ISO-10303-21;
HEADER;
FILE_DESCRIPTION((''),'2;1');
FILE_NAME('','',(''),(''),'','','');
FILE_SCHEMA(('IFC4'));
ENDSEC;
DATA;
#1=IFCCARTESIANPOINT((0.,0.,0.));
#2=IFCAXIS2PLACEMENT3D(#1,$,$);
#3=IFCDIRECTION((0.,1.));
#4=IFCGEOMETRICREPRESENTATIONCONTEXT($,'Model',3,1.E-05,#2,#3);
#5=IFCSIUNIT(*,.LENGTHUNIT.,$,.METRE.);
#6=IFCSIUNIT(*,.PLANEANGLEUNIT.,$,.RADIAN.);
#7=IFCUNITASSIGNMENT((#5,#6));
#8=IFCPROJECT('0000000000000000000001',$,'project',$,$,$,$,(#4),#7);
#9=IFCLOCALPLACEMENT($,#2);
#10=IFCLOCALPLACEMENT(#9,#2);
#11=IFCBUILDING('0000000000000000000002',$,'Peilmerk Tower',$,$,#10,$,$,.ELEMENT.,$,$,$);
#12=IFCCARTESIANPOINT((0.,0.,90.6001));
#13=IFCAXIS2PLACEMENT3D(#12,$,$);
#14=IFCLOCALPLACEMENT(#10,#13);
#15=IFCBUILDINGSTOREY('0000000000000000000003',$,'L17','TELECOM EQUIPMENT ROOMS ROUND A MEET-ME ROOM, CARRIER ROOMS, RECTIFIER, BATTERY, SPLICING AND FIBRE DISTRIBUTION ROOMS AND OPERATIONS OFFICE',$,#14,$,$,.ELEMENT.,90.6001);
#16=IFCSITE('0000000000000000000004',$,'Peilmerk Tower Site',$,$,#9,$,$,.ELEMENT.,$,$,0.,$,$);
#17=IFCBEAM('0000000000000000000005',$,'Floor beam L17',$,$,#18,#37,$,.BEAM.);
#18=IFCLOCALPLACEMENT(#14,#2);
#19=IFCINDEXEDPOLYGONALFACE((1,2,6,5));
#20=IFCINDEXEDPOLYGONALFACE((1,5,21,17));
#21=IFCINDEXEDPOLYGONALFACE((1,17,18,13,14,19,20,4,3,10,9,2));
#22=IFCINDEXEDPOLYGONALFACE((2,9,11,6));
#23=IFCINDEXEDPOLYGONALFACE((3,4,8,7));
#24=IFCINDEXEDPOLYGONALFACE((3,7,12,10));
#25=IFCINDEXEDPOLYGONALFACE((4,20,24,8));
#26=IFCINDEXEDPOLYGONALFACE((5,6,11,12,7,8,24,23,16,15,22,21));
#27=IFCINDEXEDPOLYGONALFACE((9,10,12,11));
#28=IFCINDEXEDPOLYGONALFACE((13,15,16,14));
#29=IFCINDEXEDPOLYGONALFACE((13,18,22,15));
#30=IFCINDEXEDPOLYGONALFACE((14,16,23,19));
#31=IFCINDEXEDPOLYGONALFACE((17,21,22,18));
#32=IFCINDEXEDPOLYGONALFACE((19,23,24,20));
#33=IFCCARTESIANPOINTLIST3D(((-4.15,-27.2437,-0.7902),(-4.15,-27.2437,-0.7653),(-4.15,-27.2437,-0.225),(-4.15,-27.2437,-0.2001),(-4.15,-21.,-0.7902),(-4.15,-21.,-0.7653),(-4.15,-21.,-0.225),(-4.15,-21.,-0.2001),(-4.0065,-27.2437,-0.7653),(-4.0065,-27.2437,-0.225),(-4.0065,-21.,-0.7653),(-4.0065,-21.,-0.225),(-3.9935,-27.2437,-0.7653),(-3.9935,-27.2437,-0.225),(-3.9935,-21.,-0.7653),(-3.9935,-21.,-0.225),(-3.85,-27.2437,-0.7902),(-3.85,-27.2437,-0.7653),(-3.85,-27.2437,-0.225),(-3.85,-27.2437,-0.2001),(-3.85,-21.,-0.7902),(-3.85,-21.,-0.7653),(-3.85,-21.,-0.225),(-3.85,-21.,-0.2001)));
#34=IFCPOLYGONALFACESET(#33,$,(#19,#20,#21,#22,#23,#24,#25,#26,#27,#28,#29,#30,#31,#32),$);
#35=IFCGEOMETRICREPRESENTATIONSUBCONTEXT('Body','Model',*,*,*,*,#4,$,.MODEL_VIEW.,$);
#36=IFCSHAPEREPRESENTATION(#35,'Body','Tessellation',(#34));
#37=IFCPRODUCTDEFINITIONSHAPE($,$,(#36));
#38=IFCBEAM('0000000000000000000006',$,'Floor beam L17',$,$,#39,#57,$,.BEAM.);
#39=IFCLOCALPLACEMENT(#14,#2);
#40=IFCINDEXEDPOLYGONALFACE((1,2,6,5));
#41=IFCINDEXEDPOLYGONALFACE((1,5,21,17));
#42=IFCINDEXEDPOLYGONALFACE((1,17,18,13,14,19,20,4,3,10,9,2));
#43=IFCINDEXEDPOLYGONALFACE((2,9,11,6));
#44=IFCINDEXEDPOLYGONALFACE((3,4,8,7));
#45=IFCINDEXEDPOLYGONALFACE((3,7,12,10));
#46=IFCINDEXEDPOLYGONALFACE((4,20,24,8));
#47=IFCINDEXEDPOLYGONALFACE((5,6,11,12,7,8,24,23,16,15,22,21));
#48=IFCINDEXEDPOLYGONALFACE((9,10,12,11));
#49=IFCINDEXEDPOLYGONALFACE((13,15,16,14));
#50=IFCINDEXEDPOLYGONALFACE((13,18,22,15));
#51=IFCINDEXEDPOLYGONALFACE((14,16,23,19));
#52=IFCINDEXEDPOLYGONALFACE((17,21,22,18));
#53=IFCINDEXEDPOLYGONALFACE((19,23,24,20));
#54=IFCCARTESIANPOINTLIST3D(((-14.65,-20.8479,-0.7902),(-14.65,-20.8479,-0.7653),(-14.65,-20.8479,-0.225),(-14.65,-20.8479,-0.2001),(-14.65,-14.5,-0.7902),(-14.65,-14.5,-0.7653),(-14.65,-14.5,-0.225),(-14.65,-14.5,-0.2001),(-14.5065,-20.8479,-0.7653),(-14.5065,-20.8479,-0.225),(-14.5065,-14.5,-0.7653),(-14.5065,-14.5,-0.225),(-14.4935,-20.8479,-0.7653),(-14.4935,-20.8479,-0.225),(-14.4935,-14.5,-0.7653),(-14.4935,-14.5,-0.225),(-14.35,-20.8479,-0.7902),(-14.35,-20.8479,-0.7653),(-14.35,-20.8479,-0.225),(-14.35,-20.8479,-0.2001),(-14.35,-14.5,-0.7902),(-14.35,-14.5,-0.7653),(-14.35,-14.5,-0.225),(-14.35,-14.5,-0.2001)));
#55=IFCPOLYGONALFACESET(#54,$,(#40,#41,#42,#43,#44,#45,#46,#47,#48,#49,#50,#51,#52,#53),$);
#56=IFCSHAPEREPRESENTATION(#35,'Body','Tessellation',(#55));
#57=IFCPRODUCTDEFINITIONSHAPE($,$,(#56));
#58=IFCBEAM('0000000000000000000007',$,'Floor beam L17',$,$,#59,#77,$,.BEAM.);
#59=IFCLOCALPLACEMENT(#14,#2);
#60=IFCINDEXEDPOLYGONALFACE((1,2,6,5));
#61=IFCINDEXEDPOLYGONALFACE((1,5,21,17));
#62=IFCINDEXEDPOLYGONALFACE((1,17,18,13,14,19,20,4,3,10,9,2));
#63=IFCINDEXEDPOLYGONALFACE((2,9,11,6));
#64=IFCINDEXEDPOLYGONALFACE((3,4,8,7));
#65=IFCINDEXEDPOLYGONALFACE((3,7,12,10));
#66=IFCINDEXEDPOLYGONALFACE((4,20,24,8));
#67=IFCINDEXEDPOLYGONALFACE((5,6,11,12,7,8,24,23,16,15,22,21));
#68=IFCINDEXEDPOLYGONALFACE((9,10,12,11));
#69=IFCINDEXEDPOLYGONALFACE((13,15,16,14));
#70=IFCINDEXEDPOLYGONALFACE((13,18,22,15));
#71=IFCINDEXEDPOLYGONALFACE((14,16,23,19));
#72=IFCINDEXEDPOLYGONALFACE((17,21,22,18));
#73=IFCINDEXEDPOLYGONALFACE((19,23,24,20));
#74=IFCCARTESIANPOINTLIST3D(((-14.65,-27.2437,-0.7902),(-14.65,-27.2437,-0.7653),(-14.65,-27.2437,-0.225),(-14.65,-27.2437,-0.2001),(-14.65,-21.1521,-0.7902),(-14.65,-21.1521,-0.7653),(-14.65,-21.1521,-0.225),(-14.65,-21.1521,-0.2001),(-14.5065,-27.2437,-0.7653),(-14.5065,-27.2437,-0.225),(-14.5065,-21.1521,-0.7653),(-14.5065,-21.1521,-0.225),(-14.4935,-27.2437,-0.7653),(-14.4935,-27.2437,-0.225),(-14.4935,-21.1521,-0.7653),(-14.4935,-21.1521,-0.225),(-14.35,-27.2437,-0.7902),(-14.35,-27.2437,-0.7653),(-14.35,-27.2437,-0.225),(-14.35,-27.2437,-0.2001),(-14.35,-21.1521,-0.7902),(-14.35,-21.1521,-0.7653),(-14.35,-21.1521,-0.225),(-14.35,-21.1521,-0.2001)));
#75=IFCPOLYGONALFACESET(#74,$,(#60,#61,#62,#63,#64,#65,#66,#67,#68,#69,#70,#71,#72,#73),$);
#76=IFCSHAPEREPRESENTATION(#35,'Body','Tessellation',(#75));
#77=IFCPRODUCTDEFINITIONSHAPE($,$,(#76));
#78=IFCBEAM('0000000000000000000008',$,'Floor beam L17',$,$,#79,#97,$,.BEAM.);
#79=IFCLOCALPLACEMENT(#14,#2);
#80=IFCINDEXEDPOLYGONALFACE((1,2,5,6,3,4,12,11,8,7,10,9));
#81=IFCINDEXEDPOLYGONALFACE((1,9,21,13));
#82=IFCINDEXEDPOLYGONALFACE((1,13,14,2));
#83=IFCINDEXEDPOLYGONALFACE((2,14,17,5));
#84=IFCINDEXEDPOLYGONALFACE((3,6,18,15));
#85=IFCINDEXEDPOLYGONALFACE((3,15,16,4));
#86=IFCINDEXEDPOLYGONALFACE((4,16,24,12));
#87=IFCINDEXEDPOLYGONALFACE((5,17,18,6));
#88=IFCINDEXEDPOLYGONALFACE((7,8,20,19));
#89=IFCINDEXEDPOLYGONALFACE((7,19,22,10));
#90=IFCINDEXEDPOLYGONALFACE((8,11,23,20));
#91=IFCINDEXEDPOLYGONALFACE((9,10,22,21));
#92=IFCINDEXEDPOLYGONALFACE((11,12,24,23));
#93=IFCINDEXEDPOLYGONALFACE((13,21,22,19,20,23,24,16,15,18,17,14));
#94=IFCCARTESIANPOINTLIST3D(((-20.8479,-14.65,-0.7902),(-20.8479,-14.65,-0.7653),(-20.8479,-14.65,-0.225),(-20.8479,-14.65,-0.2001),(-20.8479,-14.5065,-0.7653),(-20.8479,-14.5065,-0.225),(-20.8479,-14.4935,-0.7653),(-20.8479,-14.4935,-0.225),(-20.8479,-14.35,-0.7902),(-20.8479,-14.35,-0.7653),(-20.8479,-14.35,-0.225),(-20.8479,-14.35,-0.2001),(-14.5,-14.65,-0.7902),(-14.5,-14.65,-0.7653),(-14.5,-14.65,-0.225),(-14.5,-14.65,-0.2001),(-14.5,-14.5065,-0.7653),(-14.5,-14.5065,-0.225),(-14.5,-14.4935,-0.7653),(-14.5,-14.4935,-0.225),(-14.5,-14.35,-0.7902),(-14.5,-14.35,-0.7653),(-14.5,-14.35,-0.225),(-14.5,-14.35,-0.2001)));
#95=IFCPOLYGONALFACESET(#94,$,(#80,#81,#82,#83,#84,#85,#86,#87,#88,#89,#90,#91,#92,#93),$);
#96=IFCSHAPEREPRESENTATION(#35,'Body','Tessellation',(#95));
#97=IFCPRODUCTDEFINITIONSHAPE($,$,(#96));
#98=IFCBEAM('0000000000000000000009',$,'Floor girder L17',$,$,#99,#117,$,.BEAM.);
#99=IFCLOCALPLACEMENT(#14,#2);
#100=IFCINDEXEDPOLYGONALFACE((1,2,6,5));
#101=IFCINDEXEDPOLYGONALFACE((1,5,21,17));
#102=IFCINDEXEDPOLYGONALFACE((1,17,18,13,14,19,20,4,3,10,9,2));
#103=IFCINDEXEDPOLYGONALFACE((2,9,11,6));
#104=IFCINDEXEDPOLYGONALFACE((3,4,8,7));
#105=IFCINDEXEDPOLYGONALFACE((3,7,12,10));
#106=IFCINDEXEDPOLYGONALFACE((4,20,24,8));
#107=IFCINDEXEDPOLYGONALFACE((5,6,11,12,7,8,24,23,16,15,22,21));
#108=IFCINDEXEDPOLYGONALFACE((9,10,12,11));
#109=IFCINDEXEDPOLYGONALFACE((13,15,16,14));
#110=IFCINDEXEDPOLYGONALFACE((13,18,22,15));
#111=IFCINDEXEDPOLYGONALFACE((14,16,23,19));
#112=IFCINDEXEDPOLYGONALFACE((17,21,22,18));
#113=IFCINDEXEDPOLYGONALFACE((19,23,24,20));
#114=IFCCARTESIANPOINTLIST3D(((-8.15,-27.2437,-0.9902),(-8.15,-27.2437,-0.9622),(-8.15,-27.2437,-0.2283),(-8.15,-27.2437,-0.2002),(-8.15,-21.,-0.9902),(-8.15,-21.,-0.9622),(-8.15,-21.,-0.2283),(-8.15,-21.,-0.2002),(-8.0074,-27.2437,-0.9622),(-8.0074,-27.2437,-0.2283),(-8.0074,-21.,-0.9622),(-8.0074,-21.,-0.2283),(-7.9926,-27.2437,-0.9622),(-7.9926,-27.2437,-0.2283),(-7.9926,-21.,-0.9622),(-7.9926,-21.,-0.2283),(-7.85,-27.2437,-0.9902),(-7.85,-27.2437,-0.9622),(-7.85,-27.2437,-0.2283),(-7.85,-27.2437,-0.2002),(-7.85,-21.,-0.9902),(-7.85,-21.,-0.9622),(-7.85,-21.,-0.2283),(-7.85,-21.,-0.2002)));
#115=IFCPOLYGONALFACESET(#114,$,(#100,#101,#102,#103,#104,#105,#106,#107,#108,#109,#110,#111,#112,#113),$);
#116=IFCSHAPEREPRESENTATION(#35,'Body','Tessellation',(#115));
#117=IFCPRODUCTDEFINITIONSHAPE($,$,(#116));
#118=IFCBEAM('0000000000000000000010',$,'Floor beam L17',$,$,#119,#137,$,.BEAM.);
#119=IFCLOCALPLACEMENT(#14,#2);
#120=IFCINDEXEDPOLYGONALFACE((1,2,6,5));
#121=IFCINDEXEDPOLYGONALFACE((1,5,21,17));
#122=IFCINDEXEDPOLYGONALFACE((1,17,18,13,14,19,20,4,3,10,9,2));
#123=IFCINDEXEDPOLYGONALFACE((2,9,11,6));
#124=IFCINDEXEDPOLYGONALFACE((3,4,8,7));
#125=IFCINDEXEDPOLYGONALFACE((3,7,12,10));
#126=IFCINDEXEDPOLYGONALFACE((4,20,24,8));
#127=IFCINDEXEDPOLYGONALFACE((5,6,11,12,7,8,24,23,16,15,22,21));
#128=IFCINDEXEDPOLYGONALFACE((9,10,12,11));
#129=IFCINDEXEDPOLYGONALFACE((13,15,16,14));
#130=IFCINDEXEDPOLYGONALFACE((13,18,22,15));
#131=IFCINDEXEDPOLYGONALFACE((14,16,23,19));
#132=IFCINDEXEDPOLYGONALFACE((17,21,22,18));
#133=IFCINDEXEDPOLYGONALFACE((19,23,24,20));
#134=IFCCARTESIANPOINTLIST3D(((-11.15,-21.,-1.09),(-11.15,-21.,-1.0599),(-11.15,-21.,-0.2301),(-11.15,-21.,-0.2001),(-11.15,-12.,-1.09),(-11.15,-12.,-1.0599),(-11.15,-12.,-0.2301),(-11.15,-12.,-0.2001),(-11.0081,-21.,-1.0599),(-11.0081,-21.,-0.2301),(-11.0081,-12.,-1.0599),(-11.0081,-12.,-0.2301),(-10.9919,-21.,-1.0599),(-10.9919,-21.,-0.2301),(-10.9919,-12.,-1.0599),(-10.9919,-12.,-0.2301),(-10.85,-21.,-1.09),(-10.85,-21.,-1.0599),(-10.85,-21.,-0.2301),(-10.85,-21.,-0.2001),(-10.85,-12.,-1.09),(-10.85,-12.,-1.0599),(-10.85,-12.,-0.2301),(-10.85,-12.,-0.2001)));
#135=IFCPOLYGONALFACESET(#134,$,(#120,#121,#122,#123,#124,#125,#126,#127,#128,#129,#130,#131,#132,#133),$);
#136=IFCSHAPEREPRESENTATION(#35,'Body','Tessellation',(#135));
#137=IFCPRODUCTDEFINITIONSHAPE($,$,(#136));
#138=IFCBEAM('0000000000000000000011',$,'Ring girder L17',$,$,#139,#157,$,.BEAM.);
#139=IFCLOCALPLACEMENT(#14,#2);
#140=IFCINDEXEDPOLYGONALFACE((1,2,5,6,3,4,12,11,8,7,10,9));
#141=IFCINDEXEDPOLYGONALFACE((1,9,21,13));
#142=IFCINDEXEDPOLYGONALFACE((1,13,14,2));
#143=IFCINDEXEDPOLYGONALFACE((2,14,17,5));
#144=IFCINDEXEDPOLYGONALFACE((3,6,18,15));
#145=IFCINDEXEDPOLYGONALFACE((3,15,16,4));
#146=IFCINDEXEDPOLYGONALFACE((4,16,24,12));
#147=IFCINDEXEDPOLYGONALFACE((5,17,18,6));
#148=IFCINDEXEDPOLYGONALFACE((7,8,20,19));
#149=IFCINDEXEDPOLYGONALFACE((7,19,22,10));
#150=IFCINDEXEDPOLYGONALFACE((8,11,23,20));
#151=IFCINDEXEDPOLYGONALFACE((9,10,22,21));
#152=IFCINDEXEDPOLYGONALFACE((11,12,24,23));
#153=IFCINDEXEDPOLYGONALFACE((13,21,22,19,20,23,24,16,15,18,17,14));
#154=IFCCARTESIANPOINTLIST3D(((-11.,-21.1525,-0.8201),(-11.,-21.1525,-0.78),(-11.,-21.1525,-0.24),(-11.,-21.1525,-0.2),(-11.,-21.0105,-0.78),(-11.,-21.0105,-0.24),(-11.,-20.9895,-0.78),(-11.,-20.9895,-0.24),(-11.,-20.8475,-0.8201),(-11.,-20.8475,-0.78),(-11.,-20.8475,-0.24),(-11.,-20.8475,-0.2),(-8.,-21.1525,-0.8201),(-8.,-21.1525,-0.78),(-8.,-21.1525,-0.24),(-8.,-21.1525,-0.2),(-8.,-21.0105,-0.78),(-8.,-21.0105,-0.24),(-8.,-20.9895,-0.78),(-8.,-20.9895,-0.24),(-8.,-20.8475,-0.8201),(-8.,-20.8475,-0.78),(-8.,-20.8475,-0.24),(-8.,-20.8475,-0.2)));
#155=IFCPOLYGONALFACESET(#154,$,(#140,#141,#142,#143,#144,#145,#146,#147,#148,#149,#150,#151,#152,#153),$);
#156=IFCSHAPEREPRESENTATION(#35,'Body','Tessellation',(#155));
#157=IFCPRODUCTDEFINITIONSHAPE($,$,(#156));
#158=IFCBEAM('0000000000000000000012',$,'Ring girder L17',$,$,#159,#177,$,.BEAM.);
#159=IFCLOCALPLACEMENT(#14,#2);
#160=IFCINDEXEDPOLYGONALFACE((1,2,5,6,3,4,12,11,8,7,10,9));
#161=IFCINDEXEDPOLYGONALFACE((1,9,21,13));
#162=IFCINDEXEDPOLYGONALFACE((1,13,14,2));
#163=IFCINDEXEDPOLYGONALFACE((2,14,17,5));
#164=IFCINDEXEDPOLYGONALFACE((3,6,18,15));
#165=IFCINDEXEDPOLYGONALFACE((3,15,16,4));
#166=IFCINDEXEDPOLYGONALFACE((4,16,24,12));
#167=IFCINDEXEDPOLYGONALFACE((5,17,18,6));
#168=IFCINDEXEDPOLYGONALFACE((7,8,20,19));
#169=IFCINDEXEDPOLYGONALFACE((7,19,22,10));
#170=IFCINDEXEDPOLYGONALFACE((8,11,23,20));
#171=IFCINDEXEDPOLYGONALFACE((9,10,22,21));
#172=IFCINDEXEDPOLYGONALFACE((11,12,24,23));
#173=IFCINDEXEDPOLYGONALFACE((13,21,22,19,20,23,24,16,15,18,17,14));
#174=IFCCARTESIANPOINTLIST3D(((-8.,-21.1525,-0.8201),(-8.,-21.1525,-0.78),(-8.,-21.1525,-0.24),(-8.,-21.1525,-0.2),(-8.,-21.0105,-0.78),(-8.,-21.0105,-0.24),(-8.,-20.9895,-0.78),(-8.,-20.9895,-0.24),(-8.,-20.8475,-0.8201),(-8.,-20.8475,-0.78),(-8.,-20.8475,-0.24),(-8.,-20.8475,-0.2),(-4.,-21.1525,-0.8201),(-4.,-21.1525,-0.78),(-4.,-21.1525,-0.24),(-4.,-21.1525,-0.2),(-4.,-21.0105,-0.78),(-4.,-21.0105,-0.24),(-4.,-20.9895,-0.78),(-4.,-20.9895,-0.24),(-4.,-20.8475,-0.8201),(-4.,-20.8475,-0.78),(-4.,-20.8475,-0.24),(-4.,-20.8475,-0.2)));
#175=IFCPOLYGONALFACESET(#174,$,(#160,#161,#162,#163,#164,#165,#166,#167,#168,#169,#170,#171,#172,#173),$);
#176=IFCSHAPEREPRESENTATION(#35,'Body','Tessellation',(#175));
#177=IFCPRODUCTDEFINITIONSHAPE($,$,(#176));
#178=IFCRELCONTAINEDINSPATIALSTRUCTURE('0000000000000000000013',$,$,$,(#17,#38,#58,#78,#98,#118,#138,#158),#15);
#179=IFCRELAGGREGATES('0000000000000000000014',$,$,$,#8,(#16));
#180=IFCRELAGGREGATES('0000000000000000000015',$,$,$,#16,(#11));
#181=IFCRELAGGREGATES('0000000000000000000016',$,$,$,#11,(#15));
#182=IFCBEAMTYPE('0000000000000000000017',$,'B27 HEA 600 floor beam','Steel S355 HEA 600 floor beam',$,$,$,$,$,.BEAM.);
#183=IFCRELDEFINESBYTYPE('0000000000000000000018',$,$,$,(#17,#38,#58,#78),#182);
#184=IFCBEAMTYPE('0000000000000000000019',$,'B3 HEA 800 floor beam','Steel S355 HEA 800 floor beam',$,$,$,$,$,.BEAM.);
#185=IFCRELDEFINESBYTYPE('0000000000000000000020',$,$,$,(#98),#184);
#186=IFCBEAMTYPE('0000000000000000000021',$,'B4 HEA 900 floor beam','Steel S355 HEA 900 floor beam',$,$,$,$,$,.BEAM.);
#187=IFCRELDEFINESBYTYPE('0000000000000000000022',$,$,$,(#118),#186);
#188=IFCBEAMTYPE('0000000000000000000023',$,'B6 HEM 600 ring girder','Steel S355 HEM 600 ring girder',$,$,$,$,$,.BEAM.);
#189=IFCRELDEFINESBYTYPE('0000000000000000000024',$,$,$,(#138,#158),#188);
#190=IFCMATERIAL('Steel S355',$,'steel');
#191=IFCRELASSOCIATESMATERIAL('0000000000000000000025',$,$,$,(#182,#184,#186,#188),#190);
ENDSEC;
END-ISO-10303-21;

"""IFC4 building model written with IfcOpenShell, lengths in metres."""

from ifc_helpers import new_model, si_unit, direction, frame, origin, origin_2d, place, context, subcontext, project, spatial, i_section, extrude, material, material_profile, profile_set, type_object, element, save


model = new_model("IFC4")

# Units and contexts
model_context = context("Model", 3, precision=1e-05, world=origin(), true_north=direction((0.0, 1.0)))
body_context = subcontext(model_context, "Body", "Model", "MODEL_VIEW")
ifc_project = project(units=[si_unit("LENGTHUNIT", "METRE"), si_unit("PLANEANGLEUNIT", "RADIAN")], contexts=[model_context])

# Site, building, storey
site_placement = place(None, origin())
site = spatial("IfcSite", under=ifc_project, at=site_placement, Name="Peilmerk Tower Site", CompositionType="ELEMENT", RefElevation=0.0)
building_placement = place(site_placement, origin())
building = spatial("IfcBuilding", under=site, at=building_placement, Name="Peilmerk Tower", CompositionType="ELEMENT")
storey_placement = place(building_placement, frame((0.0, 0.0, 90.6001)))
storey = spatial("IfcBuildingStorey", under=building, at=storey_placement, Name="L17", Description="TELECOM EQUIPMENT ROOMS ROUND A MEET-ME ROOM, CARRIER ROOMS, RECTIFIER, BATTERY, SPLICING AND FIBRE DISTRIBUTION ROOMS AND OPERATIONS OFFICE", CompositionType="ELEMENT", Elevation=90.6001)

# Beams
ifc_material_1 = material(Name="Steel S355", Category="steel")
ifc_material_profile_1 = material_profile(ifc_material_1, i_section(OverallWidth=0.3, OverallDepth=0.5901, WebThickness=0.0129, FlangeThickness=0.0249, at=origin_2d()), Name="HEA 600")
ifc_profile_set_1 = profile_set([ifc_material_profile_1], Name="Steel S355")
beam_type_1 = type_object("IfcBeamType", Name="B27 HEA 600 floor beam", Description="Steel S355 HEA 600 floor beam", PredefinedType="BEAM", material=ifc_profile_set_1)
for number, where, z_axis, x_axis, name in (
    (1, (-4.0, -21.0, -0.4951), (0.0, -1.0, 0.0), (1.0, 0.0, 0.0), "Floor beam L17"),
):
    element("IfcBeam", number, at=place(storey_placement, frame(where, z_axis=z_axis, x_axis=x_axis)), inside=storey, type_object=beam_type_1, Name=name, PredefinedType="BEAM", context=body_context, shape_type="SweptSolid", body=[
        extrude(i_section(OverallWidth=0.3, OverallDepth=0.5901, WebThickness=0.0129, FlangeThickness=0.0249, at=origin_2d()), origin(), (0.0, 0.0, 1.0), 6.2437),
    ])
beam_1_placement = place(storey_placement, frame((-14.5, -14.5, -0.4951), z_axis=(0.0, -1.0, 0.0), x_axis=(1.0, 0.0, 0.0)))
element("IfcBeam", 2, at=beam_1_placement, inside=storey, type_object=beam_type_1, Name="Floor beam L17", PredefinedType="BEAM", context=body_context, shape_type="SweptSolid", body=[
    extrude(i_section(OverallWidth=0.3, OverallDepth=0.5901, WebThickness=0.0129, FlangeThickness=0.0249, at=origin_2d()), origin(), (0.0, 0.0, 1.0), 6.3479),
])
beam_2_placement = place(storey_placement, frame((-14.5, -21.1521, -0.4951), z_axis=(0.0, -1.0, 0.0), x_axis=(1.0, 0.0, 0.0)))
element("IfcBeam", 3, at=beam_2_placement, inside=storey, type_object=beam_type_1, Name="Floor beam L17", PredefinedType="BEAM", context=body_context, shape_type="SweptSolid", body=[
    extrude(i_section(OverallWidth=0.3, OverallDepth=0.5901, WebThickness=0.0129, FlangeThickness=0.0249, at=origin_2d()), origin(), (0.0, 0.0, 1.0), 6.0916),
])
beam_3_placement = place(storey_placement, frame((-14.5, -14.5, -0.4951), z_axis=(-1.0, 0.0, 0.0), x_axis=(0.0, -1.0, 0.0)))
element("IfcBeam", 4, at=beam_3_placement, inside=storey, type_object=beam_type_1, Name="Floor beam L17", PredefinedType="BEAM", context=body_context, shape_type="SweptSolid", body=[
    extrude(i_section(OverallWidth=0.3, OverallDepth=0.5901, WebThickness=0.0129, FlangeThickness=0.0249, at=origin_2d()), origin(), (0.0, 0.0, 1.0), 6.3479),
])
ifc_material_profile_2 = material_profile(ifc_material_1, i_section(OverallWidth=0.3, OverallDepth=0.79, WebThickness=0.0149, FlangeThickness=0.0281, at=origin_2d()), Name="HEA 800")
ifc_profile_set_2 = profile_set([ifc_material_profile_2], Name="Steel S355")
beam_type_2 = type_object("IfcBeamType", Name="B3 HEA 800 floor beam", Description="Steel S355 HEA 800 floor beam", PredefinedType="BEAM", material=ifc_profile_set_2)
beam_4_placement = place(storey_placement, frame((-8.0, -21.0, -0.5952), z_axis=(0.0, -1.0, 0.0), x_axis=(1.0, 0.0, 0.0)))
element("IfcBeam", 5, at=beam_4_placement, inside=storey, type_object=beam_type_2, Name="Floor girder L17", PredefinedType="BEAM", context=body_context, shape_type="SweptSolid", body=[
    extrude(i_section(OverallWidth=0.3, OverallDepth=0.79, WebThickness=0.0149, FlangeThickness=0.0281, at=origin_2d()), origin(), (0.0, 0.0, 1.0), 6.2437),
])
ifc_material_profile_3 = material_profile(ifc_material_1, i_section(OverallWidth=0.3, OverallDepth=0.8899, WebThickness=0.0161, FlangeThickness=0.03, at=origin_2d()), Name="HEA 900")
ifc_profile_set_3 = profile_set([ifc_material_profile_3], Name="Steel S355")
beam_type_3 = type_object("IfcBeamType", Name="B4 HEA 900 floor beam", Description="Steel S355 HEA 900 floor beam", PredefinedType="BEAM", material=ifc_profile_set_3)
beam_5_placement = place(storey_placement, frame((-11.0, -12.0, -0.645), z_axis=(0.0, -1.0, 0.0), x_axis=(1.0, 0.0, 0.0)))
element("IfcBeam", 6, at=beam_5_placement, inside=storey, type_object=beam_type_3, Name="Floor beam L17", PredefinedType="BEAM", context=body_context, shape_type="SweptSolid", body=[
    extrude(i_section(OverallWidth=0.3, OverallDepth=0.8899, WebThickness=0.0161, FlangeThickness=0.03, at=origin_2d()), origin(), (0.0, 0.0, 1.0), 9.0),
])
ifc_material_profile_4 = material_profile(ifc_material_1, i_section(OverallWidth=0.3049, OverallDepth=0.6201, WebThickness=0.021, FlangeThickness=0.04, at=origin_2d()), Name="HEM 600")
ifc_profile_set_4 = profile_set([ifc_material_profile_4], Name="Steel S355")
beam_type_4 = type_object("IfcBeamType", Name="B6 HEM 600 ring girder", Description="Steel S355 HEM 600 ring girder", PredefinedType="BEAM", material=ifc_profile_set_4)
beam_6_placement = place(storey_placement, frame((-11.0, -21.0, -0.51), z_axis=(1.0, 0.0, 0.0), x_axis=(0.0, 1.0, 0.0)))
element("IfcBeam", 7, at=beam_6_placement, inside=storey, type_object=beam_type_4, Name="Ring girder L17", PredefinedType="BEAM", context=body_context, shape_type="SweptSolid", body=[
    extrude(i_section(OverallWidth=0.3049, OverallDepth=0.6201, WebThickness=0.021, FlangeThickness=0.04, at=origin_2d()), origin(), (0.0, 0.0, 1.0), 3.0),
])
for number, where, z_axis, x_axis, name in (
    (8, (-8.0, -21.0, -0.51), (1.0, 0.0, 0.0), (0.0, 1.0, 0.0), "Ring girder L17"),
):
    element("IfcBeam", number, at=place(storey_placement, frame(where, z_axis=z_axis, x_axis=x_axis)), inside=storey, type_object=beam_type_4, Name=name, PredefinedType="BEAM", context=body_context, shape_type="SweptSolid", body=[
        extrude(i_section(OverallWidth=0.3049, OverallDepth=0.6201, WebThickness=0.021, FlangeThickness=0.04, at=origin_2d()), origin(), (0.0, 0.0, 1.0), 4.0),
    ])

save(model, "model.ifc")
